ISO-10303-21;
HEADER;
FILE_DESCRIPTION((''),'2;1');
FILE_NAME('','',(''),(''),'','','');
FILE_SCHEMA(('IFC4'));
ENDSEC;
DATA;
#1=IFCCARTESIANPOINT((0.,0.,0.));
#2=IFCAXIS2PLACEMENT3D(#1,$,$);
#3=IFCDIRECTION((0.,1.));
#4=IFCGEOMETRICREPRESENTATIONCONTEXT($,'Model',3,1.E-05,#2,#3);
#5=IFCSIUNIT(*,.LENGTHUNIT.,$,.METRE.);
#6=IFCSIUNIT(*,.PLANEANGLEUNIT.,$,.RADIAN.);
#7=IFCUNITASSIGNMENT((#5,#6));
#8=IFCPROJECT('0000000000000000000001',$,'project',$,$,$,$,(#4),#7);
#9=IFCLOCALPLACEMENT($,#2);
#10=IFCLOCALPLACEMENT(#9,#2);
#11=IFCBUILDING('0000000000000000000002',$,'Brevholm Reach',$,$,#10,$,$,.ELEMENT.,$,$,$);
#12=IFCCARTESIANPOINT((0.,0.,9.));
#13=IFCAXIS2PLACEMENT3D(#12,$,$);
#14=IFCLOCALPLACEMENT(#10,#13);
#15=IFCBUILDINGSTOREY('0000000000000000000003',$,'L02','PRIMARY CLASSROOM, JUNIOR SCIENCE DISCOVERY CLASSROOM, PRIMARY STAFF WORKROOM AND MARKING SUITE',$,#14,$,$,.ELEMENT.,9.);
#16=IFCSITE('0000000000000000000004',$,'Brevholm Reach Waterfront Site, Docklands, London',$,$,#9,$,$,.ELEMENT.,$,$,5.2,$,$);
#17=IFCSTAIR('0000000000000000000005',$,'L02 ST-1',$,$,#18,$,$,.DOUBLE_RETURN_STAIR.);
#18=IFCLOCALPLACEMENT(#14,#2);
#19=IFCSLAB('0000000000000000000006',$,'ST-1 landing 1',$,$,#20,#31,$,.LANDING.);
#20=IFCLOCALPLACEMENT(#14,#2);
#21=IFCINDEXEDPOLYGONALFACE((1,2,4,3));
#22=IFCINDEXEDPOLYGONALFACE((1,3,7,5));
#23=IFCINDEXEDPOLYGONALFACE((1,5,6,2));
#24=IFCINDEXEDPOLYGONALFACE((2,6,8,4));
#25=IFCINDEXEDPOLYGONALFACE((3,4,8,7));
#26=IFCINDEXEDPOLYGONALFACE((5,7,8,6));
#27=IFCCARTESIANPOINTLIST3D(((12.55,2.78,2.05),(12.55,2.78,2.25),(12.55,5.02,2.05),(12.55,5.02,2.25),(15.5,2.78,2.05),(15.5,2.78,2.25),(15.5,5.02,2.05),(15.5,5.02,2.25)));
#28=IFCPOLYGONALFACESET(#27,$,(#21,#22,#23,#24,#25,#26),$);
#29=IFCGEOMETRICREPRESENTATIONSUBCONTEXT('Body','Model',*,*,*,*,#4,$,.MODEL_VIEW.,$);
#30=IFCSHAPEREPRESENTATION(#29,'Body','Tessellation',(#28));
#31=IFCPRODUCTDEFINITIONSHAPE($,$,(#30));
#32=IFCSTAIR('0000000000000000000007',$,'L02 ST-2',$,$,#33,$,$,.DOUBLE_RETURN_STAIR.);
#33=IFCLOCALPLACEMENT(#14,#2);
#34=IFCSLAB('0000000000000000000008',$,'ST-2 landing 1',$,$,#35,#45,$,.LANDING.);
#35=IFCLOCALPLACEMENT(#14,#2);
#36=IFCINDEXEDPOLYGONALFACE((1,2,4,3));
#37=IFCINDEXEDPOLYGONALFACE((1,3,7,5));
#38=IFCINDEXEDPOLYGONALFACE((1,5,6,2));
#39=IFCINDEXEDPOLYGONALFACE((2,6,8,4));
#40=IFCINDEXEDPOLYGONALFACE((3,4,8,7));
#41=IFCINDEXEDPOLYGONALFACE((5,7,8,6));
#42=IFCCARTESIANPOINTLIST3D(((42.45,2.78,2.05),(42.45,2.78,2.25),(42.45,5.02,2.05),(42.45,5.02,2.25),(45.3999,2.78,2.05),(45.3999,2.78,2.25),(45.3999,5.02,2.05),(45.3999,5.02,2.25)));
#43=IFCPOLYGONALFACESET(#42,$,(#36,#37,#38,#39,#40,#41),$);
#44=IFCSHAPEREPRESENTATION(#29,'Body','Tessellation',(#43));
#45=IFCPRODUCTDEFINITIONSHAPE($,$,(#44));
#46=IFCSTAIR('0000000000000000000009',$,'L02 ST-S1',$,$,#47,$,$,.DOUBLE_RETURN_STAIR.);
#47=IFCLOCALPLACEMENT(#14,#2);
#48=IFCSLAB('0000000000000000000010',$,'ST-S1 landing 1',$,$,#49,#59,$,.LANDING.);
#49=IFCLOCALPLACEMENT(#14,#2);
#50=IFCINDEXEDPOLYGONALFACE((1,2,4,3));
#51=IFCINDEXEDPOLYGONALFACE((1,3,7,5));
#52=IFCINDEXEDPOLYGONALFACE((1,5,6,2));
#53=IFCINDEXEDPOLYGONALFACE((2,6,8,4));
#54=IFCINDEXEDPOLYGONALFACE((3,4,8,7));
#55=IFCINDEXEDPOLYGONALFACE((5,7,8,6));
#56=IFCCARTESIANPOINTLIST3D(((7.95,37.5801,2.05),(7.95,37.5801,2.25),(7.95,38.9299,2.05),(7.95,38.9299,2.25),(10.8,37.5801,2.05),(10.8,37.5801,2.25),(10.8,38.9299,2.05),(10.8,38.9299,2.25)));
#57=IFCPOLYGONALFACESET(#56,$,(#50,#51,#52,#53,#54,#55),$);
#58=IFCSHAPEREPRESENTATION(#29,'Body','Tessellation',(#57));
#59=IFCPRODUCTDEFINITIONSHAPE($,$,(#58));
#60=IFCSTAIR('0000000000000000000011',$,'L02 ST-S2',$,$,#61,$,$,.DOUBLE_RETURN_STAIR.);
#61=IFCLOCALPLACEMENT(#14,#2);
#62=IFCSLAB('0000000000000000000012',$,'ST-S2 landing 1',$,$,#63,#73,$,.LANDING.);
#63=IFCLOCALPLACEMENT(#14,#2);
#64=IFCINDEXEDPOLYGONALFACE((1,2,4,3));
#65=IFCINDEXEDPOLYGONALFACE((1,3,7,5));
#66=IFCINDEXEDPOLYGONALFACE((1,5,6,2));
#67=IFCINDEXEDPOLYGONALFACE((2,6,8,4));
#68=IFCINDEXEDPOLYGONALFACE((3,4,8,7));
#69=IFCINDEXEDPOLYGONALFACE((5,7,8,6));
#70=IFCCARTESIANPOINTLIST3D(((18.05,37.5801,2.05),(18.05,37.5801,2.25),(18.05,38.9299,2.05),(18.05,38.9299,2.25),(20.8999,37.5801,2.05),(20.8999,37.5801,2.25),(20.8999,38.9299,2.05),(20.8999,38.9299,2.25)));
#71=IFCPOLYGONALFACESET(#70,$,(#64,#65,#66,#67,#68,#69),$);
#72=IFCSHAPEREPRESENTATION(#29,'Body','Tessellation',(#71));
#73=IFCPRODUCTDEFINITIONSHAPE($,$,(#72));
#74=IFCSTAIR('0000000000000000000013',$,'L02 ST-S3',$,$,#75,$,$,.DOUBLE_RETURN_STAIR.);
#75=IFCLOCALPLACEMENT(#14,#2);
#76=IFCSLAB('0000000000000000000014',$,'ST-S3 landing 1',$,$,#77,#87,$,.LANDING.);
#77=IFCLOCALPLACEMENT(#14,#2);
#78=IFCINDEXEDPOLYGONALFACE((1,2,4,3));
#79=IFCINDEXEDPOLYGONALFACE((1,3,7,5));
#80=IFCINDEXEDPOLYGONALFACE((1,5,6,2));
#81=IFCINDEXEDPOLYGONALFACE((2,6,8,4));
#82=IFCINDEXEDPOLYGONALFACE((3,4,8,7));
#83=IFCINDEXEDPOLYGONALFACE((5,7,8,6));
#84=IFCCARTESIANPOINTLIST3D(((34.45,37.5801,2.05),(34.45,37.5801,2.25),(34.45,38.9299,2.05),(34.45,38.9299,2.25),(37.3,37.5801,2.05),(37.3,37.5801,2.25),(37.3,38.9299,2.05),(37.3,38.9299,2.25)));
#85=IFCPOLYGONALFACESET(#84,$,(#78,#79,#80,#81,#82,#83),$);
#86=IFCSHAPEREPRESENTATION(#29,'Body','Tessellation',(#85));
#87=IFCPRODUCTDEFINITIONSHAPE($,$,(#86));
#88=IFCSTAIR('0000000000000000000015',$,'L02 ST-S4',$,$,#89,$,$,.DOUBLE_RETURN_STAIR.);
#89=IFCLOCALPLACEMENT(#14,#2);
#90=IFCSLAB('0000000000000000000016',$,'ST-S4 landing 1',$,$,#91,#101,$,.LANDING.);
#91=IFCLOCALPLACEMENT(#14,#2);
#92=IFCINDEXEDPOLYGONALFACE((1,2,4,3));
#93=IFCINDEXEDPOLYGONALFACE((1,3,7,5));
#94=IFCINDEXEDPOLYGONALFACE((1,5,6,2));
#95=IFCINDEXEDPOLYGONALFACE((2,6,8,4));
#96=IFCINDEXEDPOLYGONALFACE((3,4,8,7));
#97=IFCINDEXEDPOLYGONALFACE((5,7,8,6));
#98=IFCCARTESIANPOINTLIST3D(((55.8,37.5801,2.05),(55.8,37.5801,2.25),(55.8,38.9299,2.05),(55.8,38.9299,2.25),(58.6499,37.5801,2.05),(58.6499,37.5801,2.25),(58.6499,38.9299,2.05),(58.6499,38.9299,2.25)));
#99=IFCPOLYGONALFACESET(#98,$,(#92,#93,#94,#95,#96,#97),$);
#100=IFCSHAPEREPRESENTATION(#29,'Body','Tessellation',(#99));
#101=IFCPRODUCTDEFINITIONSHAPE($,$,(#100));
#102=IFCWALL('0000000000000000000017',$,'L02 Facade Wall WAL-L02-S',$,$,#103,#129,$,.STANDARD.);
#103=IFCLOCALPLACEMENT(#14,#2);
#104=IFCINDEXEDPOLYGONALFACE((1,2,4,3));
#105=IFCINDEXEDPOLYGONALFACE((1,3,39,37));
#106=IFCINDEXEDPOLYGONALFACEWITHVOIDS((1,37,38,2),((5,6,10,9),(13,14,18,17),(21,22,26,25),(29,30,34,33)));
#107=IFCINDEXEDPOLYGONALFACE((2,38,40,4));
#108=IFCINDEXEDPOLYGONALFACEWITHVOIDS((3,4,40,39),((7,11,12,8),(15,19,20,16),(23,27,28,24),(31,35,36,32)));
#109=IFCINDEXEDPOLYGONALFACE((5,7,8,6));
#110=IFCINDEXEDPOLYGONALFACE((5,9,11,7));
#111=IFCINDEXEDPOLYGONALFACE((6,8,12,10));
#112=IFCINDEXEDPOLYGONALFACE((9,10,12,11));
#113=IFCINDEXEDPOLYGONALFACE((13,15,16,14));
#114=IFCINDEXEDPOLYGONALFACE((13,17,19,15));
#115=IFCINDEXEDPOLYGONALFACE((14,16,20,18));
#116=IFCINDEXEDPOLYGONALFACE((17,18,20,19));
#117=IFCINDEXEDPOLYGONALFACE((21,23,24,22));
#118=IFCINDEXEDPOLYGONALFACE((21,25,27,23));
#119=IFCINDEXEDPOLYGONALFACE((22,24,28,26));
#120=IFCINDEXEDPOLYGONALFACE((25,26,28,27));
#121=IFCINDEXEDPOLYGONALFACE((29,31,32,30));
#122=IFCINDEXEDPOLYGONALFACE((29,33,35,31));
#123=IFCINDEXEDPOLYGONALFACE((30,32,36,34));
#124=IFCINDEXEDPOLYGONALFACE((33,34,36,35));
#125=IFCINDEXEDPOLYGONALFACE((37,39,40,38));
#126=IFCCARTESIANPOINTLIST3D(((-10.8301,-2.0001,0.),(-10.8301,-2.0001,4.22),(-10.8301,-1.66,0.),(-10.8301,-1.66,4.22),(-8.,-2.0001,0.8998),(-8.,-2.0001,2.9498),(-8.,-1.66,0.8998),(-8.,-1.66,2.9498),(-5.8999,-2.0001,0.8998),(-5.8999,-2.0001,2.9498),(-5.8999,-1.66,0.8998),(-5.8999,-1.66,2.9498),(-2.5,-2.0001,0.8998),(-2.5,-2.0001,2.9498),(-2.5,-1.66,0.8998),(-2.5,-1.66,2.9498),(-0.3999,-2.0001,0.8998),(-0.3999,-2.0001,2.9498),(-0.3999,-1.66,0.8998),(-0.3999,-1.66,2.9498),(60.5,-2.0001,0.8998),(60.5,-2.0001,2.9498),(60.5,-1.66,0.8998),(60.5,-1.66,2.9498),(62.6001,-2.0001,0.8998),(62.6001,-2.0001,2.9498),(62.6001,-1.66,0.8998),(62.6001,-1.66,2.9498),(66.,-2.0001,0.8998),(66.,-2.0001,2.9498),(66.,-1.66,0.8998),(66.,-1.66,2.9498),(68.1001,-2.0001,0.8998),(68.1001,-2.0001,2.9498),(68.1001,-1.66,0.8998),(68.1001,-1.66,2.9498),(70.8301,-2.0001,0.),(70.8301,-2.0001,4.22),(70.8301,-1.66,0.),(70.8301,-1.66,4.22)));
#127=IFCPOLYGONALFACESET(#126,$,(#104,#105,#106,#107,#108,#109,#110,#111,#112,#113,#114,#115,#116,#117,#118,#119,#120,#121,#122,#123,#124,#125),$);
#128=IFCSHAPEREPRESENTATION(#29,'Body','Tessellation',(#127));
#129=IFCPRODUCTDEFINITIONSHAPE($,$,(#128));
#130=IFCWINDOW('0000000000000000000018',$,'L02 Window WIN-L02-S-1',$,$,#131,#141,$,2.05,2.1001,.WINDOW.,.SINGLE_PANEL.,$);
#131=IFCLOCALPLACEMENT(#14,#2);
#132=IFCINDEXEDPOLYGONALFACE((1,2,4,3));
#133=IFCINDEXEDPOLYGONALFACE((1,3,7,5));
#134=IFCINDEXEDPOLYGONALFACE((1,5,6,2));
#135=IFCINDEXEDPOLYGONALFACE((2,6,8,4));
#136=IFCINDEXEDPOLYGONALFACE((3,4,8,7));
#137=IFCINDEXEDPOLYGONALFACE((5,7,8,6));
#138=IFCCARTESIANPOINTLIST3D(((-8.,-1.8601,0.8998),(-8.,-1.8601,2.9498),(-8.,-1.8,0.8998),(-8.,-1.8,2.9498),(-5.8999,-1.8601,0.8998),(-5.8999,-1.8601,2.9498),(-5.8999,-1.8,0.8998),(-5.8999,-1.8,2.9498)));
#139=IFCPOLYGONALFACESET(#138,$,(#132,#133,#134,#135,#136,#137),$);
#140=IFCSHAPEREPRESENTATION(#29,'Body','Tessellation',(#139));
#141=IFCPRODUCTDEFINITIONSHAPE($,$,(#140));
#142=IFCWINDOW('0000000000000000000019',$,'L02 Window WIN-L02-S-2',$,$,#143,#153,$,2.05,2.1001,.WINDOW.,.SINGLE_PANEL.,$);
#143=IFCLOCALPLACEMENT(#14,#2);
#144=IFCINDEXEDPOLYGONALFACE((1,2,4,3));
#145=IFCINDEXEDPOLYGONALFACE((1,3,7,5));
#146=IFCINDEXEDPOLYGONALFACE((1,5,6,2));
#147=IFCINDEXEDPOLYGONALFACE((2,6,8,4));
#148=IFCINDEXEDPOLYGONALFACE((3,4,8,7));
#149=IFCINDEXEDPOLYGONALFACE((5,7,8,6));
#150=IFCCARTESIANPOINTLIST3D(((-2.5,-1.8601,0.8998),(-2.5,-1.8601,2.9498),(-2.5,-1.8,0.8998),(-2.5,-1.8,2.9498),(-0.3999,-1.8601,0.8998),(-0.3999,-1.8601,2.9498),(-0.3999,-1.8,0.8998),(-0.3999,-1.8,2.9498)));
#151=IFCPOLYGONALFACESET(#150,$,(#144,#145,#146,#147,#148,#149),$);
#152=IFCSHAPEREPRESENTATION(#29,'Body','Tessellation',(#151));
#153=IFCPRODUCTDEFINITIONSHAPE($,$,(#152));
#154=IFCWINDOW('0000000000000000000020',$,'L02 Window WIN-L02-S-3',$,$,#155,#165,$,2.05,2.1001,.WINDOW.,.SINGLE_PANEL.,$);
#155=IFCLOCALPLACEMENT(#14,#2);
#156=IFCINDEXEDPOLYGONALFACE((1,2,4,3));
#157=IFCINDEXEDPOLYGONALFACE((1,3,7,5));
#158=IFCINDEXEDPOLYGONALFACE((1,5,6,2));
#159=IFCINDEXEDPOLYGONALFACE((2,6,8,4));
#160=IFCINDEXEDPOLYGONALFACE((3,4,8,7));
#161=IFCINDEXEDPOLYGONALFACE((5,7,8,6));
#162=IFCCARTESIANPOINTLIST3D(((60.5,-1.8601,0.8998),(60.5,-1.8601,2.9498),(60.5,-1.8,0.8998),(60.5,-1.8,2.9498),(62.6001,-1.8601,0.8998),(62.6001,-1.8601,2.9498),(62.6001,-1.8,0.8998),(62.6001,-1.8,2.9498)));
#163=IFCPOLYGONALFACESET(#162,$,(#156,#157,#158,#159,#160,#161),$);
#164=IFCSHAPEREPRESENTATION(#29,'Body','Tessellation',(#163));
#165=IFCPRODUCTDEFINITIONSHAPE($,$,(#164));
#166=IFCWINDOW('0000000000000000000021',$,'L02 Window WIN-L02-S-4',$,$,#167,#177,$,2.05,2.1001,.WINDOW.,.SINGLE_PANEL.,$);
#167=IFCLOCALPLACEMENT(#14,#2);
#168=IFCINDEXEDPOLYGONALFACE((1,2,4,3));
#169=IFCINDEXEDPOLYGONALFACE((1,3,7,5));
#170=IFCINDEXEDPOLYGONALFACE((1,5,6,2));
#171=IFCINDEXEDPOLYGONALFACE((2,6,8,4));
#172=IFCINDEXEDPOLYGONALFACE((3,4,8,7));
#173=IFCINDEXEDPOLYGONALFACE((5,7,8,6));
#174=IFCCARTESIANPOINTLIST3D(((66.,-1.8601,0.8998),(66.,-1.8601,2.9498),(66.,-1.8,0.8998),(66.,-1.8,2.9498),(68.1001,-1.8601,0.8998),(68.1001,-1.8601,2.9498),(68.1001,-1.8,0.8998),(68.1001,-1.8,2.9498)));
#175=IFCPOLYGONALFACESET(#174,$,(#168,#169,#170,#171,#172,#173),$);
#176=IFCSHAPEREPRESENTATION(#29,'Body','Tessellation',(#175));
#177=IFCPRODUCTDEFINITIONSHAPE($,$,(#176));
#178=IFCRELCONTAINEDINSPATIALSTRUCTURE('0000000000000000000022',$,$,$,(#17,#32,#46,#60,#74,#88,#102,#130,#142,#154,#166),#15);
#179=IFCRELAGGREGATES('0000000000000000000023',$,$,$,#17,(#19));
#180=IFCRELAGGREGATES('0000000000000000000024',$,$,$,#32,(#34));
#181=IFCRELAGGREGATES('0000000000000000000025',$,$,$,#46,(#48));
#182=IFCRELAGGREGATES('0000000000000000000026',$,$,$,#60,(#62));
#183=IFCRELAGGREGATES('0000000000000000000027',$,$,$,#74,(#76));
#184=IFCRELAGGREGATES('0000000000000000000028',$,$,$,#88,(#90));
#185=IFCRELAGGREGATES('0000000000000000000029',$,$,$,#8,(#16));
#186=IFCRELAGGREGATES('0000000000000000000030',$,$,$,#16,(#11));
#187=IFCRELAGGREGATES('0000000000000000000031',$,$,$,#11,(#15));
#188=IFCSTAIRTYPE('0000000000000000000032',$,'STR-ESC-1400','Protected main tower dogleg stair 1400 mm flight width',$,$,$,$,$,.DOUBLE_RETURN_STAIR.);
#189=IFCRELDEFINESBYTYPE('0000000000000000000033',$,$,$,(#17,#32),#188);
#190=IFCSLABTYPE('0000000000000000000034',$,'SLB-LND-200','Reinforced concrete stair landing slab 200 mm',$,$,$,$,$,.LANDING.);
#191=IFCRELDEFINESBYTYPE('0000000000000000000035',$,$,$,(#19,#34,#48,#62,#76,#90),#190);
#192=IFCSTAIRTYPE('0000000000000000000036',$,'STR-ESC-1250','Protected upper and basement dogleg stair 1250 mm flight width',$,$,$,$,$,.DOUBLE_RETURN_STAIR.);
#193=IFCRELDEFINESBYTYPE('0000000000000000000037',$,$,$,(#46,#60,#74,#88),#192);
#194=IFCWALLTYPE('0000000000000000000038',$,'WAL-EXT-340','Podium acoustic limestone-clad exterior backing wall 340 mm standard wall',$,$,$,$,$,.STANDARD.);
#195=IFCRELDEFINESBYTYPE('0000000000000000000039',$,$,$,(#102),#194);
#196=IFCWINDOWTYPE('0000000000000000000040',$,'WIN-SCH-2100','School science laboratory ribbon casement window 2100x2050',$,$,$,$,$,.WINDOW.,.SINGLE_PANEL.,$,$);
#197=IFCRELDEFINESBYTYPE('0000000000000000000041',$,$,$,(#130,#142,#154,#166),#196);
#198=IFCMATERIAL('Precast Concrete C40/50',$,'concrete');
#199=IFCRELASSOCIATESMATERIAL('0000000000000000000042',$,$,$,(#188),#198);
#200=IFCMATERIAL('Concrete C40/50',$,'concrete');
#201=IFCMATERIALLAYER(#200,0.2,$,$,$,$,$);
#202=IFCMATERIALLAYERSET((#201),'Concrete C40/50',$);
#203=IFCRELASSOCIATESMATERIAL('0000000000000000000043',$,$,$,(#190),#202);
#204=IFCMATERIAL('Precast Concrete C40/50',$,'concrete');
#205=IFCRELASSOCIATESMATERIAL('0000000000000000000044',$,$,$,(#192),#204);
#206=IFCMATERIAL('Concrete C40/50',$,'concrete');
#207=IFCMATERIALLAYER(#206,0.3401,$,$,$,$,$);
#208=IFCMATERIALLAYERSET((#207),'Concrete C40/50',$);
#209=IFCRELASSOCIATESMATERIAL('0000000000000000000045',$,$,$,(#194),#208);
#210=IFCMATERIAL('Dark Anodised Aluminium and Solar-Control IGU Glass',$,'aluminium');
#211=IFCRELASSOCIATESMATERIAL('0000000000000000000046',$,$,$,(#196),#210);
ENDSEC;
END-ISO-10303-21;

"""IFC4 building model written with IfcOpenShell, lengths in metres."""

from ifc_helpers import new_model, si_unit, direction, frame, frame_2d, origin, place, context, subcontext, project, spatial, polyline, rectangle, outline, extrude, material, layer, layer_set, type_object, element, fill, aggregate, save


model = new_model("IFC4")

# Units and contexts
model_context = context("Model", 3, precision=1e-05, world=origin(), true_north=direction((0.0, 1.0)))
body_context = subcontext(model_context, "Body", "Model", "MODEL_VIEW")
ifc_project = project(units=[si_unit("LENGTHUNIT", "METRE"), si_unit("PLANEANGLEUNIT", "RADIAN")], contexts=[model_context])

# Site, building, storey
site_placement = place(None, origin())
site = spatial("IfcSite", under=ifc_project, at=site_placement, Name="Brevholm Reach Waterfront Site, Docklands, London", CompositionType="ELEMENT", RefElevation=5.2)
building_placement = place(site_placement, origin())
building = spatial("IfcBuilding", under=site, at=building_placement, Name="Brevholm Reach", CompositionType="ELEMENT")
storey_placement = place(building_placement, frame((0.0, 0.0, 9.0)))
storey = spatial("IfcBuildingStorey", under=building, at=storey_placement, Name="L02", Description="PRIMARY CLASSROOM, JUNIOR SCIENCE DISCOVERY CLASSROOM, PRIMARY STAFF WORKROOM AND MARKING SUITE", CompositionType="ELEMENT", Elevation=9.0)

# Stairs, slabs
ifc_material_1 = material(Name="Precast Concrete C40/50", Category="concrete")
stair_type_1 = type_object("IfcStairType", Name="STR-ESC-1400", Description="Protected main tower dogleg stair 1400 mm flight width", PredefinedType="DOUBLE_RETURN_STAIR", material=ifc_material_1)
stair_1_placement = place(storey_placement, origin())
stair_1 = element("IfcStair", 1, at=stair_1_placement, inside=storey, type_object=stair_type_1, Name="L02 ST-1", PredefinedType="DOUBLE_RETURN_STAIR")
ifc_material_2 = material(Name="Concrete C40/50", Category="concrete")
ifc_layer_1 = layer(ifc_material_2, 0.2)
ifc_layer_set_1 = layer_set([ifc_layer_1], Name="Concrete C40/50")
slab_type_1 = type_object("IfcSlabType", Name="SLB-LND-200", Description="Reinforced concrete stair landing slab 200 mm", PredefinedType="LANDING", material=ifc_layer_set_1)
slab_1_placement = place(storey_placement, frame((0.0, 0.0, 2.05)))
slab_1 = element("IfcSlab", 2, at=slab_1_placement, type_object=slab_type_1, Name="ST-1 landing 1", PredefinedType="LANDING", context=body_context, shape_type="SweptSolid", body=[
    extrude(outline(polyline([(12.55, 5.02), (12.55, 2.78), (15.5, 2.78), (15.5, 5.02), (12.55, 5.02)])), origin(), (0.0, 0.0, 1.0), 0.2),
])
aggregate(stair_1, [slab_1])
stair_2_placement = place(storey_placement, origin())
stair_2 = element("IfcStair", 3, at=stair_2_placement, inside=storey, type_object=stair_type_1, Name="L02 ST-2", PredefinedType="DOUBLE_RETURN_STAIR")
slab_2_placement = place(storey_placement, frame((0.0, 0.0, 2.05)))
slab_2 = element("IfcSlab", 4, at=slab_2_placement, type_object=slab_type_1, Name="ST-2 landing 1", PredefinedType="LANDING", context=body_context, shape_type="SweptSolid", body=[
    extrude(outline(polyline([(42.45, 5.02), (42.45, 2.78), (45.3999, 2.78), (45.3999, 5.02), (42.45, 5.02)])), origin(), (0.0, 0.0, 1.0), 0.2),
])
aggregate(stair_2, [slab_2])
ifc_material_3 = material(Name="Precast Concrete C40/50", Category="concrete")
stair_type_2 = type_object("IfcStairType", Name="STR-ESC-1250", Description="Protected upper and basement dogleg stair 1250 mm flight width", PredefinedType="DOUBLE_RETURN_STAIR", material=ifc_material_3)
stair_3_placement = place(storey_placement, origin())
stair_3 = element("IfcStair", 5, at=stair_3_placement, inside=storey, type_object=stair_type_2, Name="L02 ST-S1", PredefinedType="DOUBLE_RETURN_STAIR")
slab_3_placement = place(storey_placement, frame((0.0, 0.0, 2.05)))
slab_3 = element("IfcSlab", 6, at=slab_3_placement, type_object=slab_type_1, Name="ST-S1 landing 1", PredefinedType="LANDING", context=body_context, shape_type="SweptSolid", body=[
    extrude(outline(polyline([(10.8, 37.5801), (10.8, 38.9299), (7.95, 38.9299), (7.95, 37.5801), (10.8, 37.5801)])), origin(), (0.0, 0.0, 1.0), 0.2),
])
aggregate(stair_3, [slab_3])
stair_4_placement = place(storey_placement, origin())
stair_4 = element("IfcStair", 7, at=stair_4_placement, inside=storey, type_object=stair_type_2, Name="L02 ST-S2", PredefinedType="DOUBLE_RETURN_STAIR")
slab_4_placement = place(storey_placement, frame((0.0, 0.0, 2.05)))
slab_4 = element("IfcSlab", 8, at=slab_4_placement, type_object=slab_type_1, Name="ST-S2 landing 1", PredefinedType="LANDING", context=body_context, shape_type="SweptSolid", body=[
    extrude(outline(polyline([(20.8999, 37.5801), (20.8999, 38.9299), (18.05, 38.9299), (18.05, 37.5801), (20.8999, 37.5801)])), origin(), (0.0, 0.0, 1.0), 0.2),
])
aggregate(stair_4, [slab_4])
stair_5_placement = place(storey_placement, origin())
stair_5 = element("IfcStair", 9, at=stair_5_placement, inside=storey, type_object=stair_type_2, Name="L02 ST-S3", PredefinedType="DOUBLE_RETURN_STAIR")
slab_5_placement = place(storey_placement, frame((0.0, 0.0, 2.05)))
slab_5 = element("IfcSlab", 10, at=slab_5_placement, type_object=slab_type_1, Name="ST-S3 landing 1", PredefinedType="LANDING", context=body_context, shape_type="SweptSolid", body=[
    extrude(outline(polyline([(37.3, 37.5801), (37.3, 38.9299), (34.45, 38.9299), (34.45, 37.5801), (37.3, 37.5801)])), origin(), (0.0, 0.0, 1.0), 0.2),
])
aggregate(stair_5, [slab_5])
stair_6_placement = place(storey_placement, origin())
stair_6 = element("IfcStair", 11, at=stair_6_placement, inside=storey, type_object=stair_type_2, Name="L02 ST-S4", PredefinedType="DOUBLE_RETURN_STAIR")
slab_6_placement = place(storey_placement, frame((0.0, 0.0, 2.05)))
slab_6 = element("IfcSlab", 12, at=slab_6_placement, type_object=slab_type_1, Name="ST-S4 landing 1", PredefinedType="LANDING", context=body_context, shape_type="SweptSolid", body=[
    extrude(outline(polyline([(58.6499, 37.5801), (58.6499, 38.9299), (55.8, 38.9299), (55.8, 37.5801), (58.6499, 37.5801)])), origin(), (0.0, 0.0, 1.0), 0.2),
])
aggregate(stair_6, [slab_6])

# Wall, openings, windows
ifc_material_4 = material(Name="Concrete C40/50", Category="concrete")
ifc_layer_2 = layer(ifc_material_4, 0.3401)
ifc_layer_set_2 = layer_set([ifc_layer_2], Name="Concrete C40/50")
wall_type = type_object("IfcWallType", Name="WAL-EXT-340", Description="Podium acoustic limestone-clad exterior backing wall 340 mm standard wall", PredefinedType="STANDARD", material=ifc_layer_set_2)
wall_placement = place(storey_placement, frame((-10.8301, -1.8301, 0.0), z_axis=(0.0, 0.0, 1.0), x_axis=(1.0, 0.0, 0.0)))
wall = element("IfcWall", 13, at=wall_placement, inside=storey, type_object=wall_type, Name="L02 Facade Wall WAL-L02-S", PredefinedType="STANDARD", context=body_context, shape_type="SweptSolid", body=[
    extrude(rectangle(XDim=81.6602, YDim=0.3401, at=frame_2d((40.8301, 0.0))), origin(), (0.0, 0.0, 1.0), 4.22),
])
opening_1_placement = place(wall_placement, frame((2.8301, 0.0, 0.8999)))
opening_1 = element("IfcOpeningElement", 14, at=opening_1_placement, cuts=wall, PredefinedType="OPENING", context=body_context, shape_type="SweptSolid", body=[
    extrude(rectangle(XDim=2.1001, YDim=2.05, at=frame_2d((1.05, 1.0249))), frame((0.0, 0.1799, 0.0), z_axis=(0.0, -1.0, 0.0), x_axis=(1.0, 0.0, 0.0)), (0.0, 0.0, 1.0), 0.3601),
])
opening_2_placement = place(wall_placement, frame((8.3301, 0.0, 0.8999)))
opening_2 = element("IfcOpeningElement", 15, at=opening_2_placement, cuts=wall, PredefinedType="OPENING", context=body_context, shape_type="SweptSolid", body=[
    extrude(rectangle(XDim=2.1001, YDim=2.05, at=frame_2d((1.05, 1.0249))), frame((0.0, 0.1799, 0.0), z_axis=(0.0, -1.0, 0.0), x_axis=(1.0, 0.0, 0.0)), (0.0, 0.0, 1.0), 0.3601),
])
opening_3_placement = place(wall_placement, frame((71.3301, 0.0, 0.8999)))
opening_3 = element("IfcOpeningElement", 16, at=opening_3_placement, cuts=wall, PredefinedType="OPENING", context=body_context, shape_type="SweptSolid", body=[
    extrude(rectangle(XDim=2.1001, YDim=2.05, at=frame_2d((1.05, 1.0249))), frame((0.0, 0.1799, 0.0), z_axis=(0.0, -1.0, 0.0), x_axis=(1.0, 0.0, 0.0)), (0.0, 0.0, 1.0), 0.3601),
])
opening_4_placement = place(wall_placement, frame((76.8301, 0.0, 0.8999)))
opening_4 = element("IfcOpeningElement", 17, at=opening_4_placement, cuts=wall, PredefinedType="OPENING", context=body_context, shape_type="SweptSolid", body=[
    extrude(rectangle(XDim=2.1001, YDim=2.05, at=frame_2d((1.05, 1.0249))), frame((0.0, 0.1799, 0.0), z_axis=(0.0, -1.0, 0.0), x_axis=(1.0, 0.0, 0.0)), (0.0, 0.0, 1.0), 0.3601),
])
ifc_material_5 = material(Name="Dark Anodised Aluminium and Solar-Control IGU Glass", Category="aluminium")
window_type = type_object("IfcWindowType", Name="WIN-SCH-2100", Description="School science laboratory ribbon casement window 2100x2050", PartitioningType="SINGLE_PANEL", PredefinedType="WINDOW", material=ifc_material_5)
window_1_placement = place(opening_1_placement, origin())
window_1 = element("IfcWindow", 18, at=window_1_placement, inside=storey, type_object=window_type, Name="L02 Window WIN-L02-S-1", OverallHeight=2.05, OverallWidth=2.1001, PartitioningType="SINGLE_PANEL", PredefinedType="WINDOW", context=body_context, shape_type="SweptSolid", body=[
    extrude(rectangle(XDim=2.1001, YDim=2.05, at=frame_2d((1.05, 1.0249))), frame((0.0, 0.03, 0.0), z_axis=(0.0, -1.0, 0.0), x_axis=(1.0, 0.0, 0.0)), (0.0, 0.0, 1.0), 0.0601),
])
fill(opening_1, window_1)
window_2_placement = place(opening_2_placement, origin())
window_2 = element("IfcWindow", 19, at=window_2_placement, inside=storey, type_object=window_type, Name="L02 Window WIN-L02-S-2", OverallHeight=2.05, OverallWidth=2.1001, PartitioningType="SINGLE_PANEL", PredefinedType="WINDOW", context=body_context, shape_type="SweptSolid", body=[
    extrude(rectangle(XDim=2.1001, YDim=2.05, at=frame_2d((1.05, 1.0249))), frame((0.0, 0.03, 0.0), z_axis=(0.0, -1.0, 0.0), x_axis=(1.0, 0.0, 0.0)), (0.0, 0.0, 1.0), 0.0601),
])
fill(opening_2, window_2)
window_3_placement = place(opening_3_placement, origin())
window_3 = element("IfcWindow", 20, at=window_3_placement, inside=storey, type_object=window_type, Name="L02 Window WIN-L02-S-3", OverallHeight=2.05, OverallWidth=2.1001, PartitioningType="SINGLE_PANEL", PredefinedType="WINDOW", context=body_context, shape_type="SweptSolid", body=[
    extrude(rectangle(XDim=2.1001, YDim=2.05, at=frame_2d((1.05, 1.0249))), frame((0.0, 0.03, 0.0), z_axis=(0.0, -1.0, 0.0), x_axis=(1.0, 0.0, 0.0)), (0.0, 0.0, 1.0), 0.0601),
])
fill(opening_3, window_3)
window_4_placement = place(opening_4_placement, origin())
window_4 = element("IfcWindow", 21, at=window_4_placement, inside=storey, type_object=window_type, Name="L02 Window WIN-L02-S-4", OverallHeight=2.05, OverallWidth=2.1001, PartitioningType="SINGLE_PANEL", PredefinedType="WINDOW", context=body_context, shape_type="SweptSolid", body=[
    extrude(rectangle(XDim=2.1001, YDim=2.05, at=frame_2d((1.05, 1.0249))), frame((0.0, 0.03, 0.0), z_axis=(0.0, -1.0, 0.0), x_axis=(1.0, 0.0, 0.0)), (0.0, 0.0, 1.0), 0.0601),
])
fill(opening_4, window_4)

save(model, "model.ifc")
